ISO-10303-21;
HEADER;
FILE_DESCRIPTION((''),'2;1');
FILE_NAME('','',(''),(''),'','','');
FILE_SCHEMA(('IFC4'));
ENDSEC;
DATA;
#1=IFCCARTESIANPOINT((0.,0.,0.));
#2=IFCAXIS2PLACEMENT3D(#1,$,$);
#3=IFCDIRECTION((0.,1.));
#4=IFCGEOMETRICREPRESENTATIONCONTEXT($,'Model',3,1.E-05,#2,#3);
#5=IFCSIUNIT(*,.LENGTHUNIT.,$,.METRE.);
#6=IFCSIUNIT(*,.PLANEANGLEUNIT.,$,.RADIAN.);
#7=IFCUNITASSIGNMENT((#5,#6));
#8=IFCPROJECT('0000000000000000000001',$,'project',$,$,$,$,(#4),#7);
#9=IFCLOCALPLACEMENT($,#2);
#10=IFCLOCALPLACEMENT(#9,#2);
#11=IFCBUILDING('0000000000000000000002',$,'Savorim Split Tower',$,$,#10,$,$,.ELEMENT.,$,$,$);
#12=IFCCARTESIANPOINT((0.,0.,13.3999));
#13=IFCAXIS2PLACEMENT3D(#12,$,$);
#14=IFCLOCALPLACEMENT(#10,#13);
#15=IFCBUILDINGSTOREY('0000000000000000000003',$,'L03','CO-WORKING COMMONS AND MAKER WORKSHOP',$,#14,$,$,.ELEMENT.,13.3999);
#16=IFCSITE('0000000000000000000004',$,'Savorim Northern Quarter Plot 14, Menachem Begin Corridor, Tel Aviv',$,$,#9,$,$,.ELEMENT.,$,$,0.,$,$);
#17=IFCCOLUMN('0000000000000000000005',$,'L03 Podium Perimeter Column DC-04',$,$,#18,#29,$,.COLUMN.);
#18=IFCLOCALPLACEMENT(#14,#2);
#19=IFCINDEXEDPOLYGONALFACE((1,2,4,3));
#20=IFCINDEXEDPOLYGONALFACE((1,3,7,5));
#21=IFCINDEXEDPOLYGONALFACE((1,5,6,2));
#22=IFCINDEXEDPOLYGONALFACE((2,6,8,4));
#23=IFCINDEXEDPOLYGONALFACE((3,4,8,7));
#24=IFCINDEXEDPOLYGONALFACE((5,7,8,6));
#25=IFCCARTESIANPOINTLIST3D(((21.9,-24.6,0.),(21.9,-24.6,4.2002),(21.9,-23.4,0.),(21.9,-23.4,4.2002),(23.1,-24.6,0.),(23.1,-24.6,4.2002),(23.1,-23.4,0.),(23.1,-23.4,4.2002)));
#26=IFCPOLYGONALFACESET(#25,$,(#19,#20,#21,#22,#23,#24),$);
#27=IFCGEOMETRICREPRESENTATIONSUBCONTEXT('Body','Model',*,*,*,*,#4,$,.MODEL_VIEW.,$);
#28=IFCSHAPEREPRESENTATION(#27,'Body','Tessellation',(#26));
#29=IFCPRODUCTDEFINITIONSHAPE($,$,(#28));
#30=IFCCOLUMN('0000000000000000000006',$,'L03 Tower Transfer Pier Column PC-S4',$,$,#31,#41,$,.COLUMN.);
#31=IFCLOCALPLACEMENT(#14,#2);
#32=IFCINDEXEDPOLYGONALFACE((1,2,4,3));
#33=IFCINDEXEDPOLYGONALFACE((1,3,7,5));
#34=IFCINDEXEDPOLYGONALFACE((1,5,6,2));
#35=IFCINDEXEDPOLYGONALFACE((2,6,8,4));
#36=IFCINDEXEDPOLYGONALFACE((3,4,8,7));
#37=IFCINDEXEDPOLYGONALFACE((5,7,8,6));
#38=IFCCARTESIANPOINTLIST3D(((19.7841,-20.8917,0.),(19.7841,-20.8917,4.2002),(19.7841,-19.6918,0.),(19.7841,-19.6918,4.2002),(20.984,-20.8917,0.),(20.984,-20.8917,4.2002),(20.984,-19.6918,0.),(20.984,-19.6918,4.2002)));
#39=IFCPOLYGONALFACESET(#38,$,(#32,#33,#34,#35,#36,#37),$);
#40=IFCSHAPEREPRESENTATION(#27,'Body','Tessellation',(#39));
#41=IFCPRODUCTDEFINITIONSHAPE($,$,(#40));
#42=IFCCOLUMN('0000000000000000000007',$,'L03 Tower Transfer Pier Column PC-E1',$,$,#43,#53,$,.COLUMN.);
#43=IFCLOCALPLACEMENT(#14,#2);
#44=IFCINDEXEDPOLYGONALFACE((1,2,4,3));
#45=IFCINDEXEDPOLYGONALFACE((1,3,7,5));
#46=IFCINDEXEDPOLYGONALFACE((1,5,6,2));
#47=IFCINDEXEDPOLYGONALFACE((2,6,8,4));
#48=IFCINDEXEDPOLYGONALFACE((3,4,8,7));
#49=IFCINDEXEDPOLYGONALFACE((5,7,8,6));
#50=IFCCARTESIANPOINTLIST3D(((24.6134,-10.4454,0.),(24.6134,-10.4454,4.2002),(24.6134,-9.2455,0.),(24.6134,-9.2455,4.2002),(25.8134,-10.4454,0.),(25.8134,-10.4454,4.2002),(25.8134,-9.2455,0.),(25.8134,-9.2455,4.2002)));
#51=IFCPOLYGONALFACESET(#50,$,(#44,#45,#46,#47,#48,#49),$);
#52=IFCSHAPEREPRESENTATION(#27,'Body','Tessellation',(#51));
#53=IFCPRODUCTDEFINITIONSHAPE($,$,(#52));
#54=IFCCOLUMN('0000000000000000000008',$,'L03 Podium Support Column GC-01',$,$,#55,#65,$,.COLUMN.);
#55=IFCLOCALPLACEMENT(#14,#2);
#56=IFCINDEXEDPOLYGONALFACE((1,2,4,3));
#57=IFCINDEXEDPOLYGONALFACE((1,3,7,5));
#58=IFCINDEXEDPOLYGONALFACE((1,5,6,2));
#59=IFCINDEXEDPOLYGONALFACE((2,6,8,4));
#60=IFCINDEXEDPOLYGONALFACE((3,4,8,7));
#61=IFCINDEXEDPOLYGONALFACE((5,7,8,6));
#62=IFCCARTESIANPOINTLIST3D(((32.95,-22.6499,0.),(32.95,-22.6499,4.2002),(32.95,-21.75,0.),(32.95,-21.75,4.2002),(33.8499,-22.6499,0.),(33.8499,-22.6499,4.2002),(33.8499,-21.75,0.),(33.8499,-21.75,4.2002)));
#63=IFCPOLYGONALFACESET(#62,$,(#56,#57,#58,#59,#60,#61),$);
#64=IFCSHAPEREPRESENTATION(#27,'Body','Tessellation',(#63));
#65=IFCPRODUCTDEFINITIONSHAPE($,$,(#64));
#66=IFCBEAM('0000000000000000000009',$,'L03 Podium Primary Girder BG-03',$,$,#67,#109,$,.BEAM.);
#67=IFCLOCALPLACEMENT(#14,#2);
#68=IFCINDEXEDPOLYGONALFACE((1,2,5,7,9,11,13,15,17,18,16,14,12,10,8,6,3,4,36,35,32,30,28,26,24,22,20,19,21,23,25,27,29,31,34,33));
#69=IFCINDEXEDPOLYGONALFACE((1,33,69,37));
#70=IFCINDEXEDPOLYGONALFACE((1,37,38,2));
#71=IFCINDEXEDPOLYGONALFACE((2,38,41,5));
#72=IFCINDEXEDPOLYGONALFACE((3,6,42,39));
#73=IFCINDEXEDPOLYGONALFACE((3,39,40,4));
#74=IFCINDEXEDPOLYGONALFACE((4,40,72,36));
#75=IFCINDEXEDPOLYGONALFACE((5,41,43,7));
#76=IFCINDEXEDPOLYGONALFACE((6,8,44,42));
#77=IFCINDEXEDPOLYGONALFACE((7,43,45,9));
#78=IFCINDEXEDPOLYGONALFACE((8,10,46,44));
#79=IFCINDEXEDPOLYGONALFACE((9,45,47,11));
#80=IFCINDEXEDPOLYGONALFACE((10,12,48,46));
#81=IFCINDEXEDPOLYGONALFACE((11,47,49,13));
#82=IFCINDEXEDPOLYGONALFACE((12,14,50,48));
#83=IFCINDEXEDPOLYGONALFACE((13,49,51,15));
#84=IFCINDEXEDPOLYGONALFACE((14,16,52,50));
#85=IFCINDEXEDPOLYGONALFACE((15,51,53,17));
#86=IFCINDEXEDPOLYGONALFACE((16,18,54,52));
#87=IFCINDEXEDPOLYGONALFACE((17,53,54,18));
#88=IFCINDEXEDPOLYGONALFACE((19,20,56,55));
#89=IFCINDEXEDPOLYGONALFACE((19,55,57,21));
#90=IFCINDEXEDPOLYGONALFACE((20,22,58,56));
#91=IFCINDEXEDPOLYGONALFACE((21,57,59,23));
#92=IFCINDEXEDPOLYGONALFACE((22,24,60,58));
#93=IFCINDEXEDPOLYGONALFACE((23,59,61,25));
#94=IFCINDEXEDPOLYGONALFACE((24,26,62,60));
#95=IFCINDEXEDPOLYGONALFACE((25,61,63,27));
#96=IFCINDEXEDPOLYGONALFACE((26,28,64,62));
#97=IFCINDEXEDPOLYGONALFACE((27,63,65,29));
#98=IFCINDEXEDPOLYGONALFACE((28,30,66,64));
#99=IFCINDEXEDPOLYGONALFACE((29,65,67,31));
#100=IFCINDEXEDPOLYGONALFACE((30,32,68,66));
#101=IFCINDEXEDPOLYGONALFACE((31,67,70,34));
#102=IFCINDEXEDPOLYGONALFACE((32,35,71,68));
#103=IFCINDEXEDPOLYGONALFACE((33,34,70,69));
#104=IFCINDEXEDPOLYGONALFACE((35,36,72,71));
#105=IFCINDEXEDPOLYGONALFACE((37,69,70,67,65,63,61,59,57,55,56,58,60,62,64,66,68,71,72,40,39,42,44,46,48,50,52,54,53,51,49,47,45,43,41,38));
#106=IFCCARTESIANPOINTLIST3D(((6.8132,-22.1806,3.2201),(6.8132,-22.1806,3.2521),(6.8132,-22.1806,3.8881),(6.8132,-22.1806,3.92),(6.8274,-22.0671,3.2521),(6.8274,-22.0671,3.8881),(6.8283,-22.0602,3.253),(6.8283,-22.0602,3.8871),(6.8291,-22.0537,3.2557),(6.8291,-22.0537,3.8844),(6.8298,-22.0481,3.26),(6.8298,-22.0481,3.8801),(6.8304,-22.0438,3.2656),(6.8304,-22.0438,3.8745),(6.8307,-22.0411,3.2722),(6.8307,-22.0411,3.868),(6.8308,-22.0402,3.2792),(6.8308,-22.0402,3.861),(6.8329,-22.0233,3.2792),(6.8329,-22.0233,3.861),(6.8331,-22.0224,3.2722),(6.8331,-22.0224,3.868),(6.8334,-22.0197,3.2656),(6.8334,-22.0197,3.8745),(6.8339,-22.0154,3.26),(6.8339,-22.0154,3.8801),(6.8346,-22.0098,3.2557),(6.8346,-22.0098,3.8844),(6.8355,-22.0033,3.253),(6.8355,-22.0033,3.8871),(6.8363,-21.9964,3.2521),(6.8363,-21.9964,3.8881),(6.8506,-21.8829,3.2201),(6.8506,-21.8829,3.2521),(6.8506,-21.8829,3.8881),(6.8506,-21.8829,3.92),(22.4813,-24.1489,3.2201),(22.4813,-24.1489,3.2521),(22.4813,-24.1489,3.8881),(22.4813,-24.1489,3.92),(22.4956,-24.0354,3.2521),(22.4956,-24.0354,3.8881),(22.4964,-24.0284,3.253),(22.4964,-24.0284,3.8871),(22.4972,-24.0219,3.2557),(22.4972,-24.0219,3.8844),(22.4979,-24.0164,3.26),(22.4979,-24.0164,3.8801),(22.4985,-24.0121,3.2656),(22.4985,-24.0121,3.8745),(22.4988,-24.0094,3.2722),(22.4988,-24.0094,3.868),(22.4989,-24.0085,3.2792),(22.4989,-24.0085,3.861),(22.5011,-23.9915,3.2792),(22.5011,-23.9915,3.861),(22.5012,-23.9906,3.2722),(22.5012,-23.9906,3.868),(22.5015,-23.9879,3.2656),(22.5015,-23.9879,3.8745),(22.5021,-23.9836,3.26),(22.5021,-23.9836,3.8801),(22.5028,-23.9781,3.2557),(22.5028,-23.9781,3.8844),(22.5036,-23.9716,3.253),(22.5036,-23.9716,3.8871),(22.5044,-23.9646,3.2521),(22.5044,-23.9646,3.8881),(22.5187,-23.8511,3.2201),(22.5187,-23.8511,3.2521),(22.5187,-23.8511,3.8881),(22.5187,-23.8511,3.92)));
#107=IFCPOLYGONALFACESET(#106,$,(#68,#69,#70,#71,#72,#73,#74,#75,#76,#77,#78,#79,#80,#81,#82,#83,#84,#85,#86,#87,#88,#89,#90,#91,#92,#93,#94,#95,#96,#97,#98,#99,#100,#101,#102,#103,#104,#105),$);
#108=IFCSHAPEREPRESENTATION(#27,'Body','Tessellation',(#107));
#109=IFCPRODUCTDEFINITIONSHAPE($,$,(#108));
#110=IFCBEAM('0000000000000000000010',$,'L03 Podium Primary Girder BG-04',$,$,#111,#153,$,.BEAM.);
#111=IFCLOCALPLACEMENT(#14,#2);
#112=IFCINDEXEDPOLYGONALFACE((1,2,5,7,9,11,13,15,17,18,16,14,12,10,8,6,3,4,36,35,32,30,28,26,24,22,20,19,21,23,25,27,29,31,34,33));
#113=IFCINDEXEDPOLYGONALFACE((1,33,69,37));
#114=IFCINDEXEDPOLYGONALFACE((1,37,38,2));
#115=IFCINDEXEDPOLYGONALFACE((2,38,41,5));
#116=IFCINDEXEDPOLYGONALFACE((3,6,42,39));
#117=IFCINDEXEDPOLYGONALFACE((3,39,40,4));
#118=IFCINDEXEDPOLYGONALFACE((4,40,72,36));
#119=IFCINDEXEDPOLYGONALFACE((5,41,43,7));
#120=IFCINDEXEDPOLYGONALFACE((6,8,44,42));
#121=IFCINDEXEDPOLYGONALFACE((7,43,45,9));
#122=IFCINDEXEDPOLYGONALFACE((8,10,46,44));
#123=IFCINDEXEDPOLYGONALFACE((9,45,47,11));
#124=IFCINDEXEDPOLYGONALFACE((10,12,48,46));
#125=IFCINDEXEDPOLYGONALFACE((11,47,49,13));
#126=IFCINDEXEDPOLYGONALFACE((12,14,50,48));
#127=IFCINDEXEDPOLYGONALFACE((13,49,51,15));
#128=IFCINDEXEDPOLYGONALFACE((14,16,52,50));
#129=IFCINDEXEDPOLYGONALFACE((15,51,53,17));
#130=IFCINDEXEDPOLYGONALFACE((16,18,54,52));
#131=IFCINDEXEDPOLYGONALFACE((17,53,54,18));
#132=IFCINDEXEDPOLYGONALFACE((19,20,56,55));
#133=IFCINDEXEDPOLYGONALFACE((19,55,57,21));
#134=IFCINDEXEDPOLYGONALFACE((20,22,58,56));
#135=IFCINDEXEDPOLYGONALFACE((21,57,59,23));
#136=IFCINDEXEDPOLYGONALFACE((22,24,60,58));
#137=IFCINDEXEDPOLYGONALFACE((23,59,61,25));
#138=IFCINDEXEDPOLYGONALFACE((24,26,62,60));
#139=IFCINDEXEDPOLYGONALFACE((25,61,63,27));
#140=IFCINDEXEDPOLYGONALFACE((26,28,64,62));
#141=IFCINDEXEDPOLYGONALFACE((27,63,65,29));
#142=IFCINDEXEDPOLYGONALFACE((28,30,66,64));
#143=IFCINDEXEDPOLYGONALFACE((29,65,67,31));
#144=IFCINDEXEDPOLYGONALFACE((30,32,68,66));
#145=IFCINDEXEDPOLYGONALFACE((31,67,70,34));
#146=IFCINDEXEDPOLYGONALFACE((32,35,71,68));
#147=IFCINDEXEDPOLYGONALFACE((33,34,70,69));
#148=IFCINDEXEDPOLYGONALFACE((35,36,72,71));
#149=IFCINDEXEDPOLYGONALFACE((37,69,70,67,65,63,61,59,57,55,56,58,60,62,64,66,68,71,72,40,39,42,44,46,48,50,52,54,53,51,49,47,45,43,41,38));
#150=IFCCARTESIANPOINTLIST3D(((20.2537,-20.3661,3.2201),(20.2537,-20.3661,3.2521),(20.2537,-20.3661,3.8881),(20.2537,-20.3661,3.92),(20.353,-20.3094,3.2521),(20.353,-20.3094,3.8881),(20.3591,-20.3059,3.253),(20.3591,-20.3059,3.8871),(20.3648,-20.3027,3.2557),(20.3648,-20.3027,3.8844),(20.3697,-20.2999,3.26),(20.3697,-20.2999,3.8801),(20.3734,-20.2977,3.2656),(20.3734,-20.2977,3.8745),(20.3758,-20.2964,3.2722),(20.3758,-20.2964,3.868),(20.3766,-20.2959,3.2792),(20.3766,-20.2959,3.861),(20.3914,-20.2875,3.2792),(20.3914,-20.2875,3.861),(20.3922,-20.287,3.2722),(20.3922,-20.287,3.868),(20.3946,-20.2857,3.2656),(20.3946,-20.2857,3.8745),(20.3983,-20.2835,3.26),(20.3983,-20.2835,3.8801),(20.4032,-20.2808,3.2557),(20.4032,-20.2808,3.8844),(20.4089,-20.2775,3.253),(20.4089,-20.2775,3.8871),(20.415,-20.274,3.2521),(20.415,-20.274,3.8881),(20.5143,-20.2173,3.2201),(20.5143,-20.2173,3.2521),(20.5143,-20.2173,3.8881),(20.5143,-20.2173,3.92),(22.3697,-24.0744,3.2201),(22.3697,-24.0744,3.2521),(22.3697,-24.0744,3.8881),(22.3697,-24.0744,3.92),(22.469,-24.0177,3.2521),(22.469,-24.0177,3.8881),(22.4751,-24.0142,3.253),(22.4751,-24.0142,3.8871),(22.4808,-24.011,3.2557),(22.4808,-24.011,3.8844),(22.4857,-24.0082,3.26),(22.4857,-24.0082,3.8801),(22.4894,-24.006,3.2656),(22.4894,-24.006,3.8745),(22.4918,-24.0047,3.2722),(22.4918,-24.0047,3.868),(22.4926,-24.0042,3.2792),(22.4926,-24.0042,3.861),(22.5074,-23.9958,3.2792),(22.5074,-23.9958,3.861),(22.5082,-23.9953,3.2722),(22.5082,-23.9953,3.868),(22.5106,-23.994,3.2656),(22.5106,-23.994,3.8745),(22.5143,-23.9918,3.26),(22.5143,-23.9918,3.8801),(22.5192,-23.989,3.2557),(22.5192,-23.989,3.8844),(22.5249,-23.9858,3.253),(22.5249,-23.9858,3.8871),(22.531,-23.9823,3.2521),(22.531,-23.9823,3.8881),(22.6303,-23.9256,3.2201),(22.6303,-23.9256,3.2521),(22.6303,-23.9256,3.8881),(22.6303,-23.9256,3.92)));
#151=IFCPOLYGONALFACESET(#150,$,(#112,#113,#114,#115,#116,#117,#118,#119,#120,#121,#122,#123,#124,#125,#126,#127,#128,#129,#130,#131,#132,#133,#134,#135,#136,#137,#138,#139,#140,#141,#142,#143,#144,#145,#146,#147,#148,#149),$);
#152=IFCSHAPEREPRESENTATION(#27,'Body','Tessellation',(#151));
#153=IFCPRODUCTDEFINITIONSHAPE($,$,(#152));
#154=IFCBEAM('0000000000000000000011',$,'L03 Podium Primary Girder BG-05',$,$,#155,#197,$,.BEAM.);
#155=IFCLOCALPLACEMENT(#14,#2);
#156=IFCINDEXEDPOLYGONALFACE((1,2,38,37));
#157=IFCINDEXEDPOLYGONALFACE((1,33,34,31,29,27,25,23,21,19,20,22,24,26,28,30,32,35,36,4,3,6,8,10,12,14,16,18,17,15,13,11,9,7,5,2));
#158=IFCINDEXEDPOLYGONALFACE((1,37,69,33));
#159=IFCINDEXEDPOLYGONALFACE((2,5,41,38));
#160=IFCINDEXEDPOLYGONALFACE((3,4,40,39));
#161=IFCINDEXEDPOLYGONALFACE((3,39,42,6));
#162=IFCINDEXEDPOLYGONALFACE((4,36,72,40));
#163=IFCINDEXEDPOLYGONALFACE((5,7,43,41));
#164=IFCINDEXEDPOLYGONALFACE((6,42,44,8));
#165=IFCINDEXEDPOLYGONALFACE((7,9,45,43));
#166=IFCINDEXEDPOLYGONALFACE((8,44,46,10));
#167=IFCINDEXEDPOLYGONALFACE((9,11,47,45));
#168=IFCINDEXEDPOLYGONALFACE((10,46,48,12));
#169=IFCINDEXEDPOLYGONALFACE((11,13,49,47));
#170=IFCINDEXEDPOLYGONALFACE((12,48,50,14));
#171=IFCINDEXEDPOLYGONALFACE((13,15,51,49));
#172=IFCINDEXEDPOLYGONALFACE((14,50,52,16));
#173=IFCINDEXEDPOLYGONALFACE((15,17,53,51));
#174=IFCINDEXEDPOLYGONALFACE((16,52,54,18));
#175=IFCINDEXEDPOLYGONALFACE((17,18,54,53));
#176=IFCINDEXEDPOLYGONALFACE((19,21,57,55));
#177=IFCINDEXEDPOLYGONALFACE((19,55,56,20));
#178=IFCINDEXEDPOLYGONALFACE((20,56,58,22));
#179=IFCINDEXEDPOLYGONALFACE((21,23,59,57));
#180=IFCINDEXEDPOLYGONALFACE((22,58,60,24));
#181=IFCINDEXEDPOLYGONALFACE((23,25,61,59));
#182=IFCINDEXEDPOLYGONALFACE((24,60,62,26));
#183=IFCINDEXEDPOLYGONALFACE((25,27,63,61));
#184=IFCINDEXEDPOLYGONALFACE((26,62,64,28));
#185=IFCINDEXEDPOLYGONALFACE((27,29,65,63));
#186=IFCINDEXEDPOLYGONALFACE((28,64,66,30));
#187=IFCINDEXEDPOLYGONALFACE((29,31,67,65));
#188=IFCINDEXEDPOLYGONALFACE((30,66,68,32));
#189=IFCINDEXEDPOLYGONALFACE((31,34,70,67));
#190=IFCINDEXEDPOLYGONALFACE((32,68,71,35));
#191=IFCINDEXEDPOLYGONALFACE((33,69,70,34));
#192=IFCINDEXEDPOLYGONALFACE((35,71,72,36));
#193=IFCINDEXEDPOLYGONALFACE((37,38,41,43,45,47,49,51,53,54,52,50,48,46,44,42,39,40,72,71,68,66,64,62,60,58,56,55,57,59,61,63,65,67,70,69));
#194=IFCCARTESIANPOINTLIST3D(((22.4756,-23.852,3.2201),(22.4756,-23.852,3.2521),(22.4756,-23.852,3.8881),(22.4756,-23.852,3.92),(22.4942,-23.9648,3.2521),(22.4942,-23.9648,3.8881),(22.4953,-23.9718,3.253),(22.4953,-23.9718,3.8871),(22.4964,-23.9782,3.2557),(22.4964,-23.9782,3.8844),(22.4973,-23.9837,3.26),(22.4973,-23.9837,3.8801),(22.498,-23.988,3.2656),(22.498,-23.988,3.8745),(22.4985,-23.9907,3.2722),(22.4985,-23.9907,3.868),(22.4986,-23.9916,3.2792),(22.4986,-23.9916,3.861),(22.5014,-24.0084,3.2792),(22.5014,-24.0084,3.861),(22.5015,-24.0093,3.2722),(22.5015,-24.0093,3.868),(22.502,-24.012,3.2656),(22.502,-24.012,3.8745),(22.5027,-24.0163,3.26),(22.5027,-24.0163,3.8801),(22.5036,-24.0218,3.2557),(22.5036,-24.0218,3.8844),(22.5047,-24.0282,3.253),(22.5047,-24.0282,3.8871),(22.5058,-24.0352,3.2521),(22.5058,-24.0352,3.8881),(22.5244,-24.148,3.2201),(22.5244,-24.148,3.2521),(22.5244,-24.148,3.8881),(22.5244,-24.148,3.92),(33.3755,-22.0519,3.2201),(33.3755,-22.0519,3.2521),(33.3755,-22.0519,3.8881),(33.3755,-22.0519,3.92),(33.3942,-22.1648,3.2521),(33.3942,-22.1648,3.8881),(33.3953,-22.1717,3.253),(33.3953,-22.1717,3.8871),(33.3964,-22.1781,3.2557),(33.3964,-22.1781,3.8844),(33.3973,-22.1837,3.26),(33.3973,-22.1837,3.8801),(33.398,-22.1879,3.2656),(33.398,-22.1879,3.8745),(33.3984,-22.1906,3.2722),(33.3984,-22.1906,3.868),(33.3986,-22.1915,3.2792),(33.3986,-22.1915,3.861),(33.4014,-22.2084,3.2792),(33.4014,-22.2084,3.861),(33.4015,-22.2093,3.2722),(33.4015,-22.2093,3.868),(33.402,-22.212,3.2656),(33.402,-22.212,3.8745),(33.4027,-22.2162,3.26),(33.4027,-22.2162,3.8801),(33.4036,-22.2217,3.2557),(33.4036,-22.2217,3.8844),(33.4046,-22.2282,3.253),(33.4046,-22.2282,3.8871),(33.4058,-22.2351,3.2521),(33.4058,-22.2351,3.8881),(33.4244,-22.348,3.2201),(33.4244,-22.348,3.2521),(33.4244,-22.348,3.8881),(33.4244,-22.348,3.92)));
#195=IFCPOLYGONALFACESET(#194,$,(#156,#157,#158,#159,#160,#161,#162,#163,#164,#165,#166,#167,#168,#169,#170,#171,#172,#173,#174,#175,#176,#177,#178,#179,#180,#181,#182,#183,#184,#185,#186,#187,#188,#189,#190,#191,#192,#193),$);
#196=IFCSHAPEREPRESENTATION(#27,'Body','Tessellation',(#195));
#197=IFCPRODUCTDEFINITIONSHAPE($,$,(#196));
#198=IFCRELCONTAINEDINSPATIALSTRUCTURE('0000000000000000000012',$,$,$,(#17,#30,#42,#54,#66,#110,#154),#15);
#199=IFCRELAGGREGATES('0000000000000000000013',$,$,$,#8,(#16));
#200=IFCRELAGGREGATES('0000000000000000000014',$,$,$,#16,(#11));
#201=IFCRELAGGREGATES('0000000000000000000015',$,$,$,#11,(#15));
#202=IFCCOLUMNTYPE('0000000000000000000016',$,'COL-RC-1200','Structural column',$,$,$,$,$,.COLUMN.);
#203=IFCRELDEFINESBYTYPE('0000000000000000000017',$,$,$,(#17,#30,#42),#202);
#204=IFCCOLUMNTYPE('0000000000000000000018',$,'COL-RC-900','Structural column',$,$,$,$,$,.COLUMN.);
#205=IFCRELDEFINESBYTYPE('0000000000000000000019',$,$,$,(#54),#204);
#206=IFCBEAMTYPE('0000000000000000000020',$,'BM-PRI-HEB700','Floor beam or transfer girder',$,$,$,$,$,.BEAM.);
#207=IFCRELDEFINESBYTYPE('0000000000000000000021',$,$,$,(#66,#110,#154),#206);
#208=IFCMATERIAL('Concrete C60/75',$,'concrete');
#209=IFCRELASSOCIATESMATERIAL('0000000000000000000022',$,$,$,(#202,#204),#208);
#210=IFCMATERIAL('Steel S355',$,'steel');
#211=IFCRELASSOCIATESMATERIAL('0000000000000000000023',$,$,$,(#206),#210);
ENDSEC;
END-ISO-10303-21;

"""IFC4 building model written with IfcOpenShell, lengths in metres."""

from ifc_helpers import new_model, si_unit, direction, frame, origin, origin_2d, place, context, subcontext, project, spatial, rectangle, i_section, extrude, material, material_profile, profile_set, type_object, element, save


model = new_model("IFC4")

# Units and contexts
model_context = context("Model", 3, precision=1e-05, world=origin(), true_north=direction((0.0, 1.0)))
body_context = subcontext(model_context, "Body", "Model", "MODEL_VIEW")
ifc_project = project(units=[si_unit("LENGTHUNIT", "METRE"), si_unit("PLANEANGLEUNIT", "RADIAN")], contexts=[model_context])

# Site, building, storey
site_placement = place(None, origin())
site = spatial("IfcSite", under=ifc_project, at=site_placement, Name="Savorim Northern Quarter Plot 14, Menachem Begin Corridor, Tel Aviv", CompositionType="ELEMENT", RefElevation=0.0)
building_placement = place(site_placement, origin())
building = spatial("IfcBuilding", under=site, at=building_placement, Name="Savorim Split Tower", CompositionType="ELEMENT")
storey_placement = place(building_placement, frame((0.0, 0.0, 13.3999)))
storey = spatial("IfcBuildingStorey", under=building, at=storey_placement, Name="L03", Description="CO-WORKING COMMONS AND MAKER WORKSHOP", CompositionType="ELEMENT", Elevation=13.3999)

# Columns
ifc_material_1 = material(Name="Concrete C60/75", Category="concrete")
ifc_material_profile_1 = material_profile(ifc_material_1, rectangle(XDim=1.2, YDim=1.2, at=origin_2d()), Name="RC 1200x1200")
ifc_profile_set_1 = profile_set([ifc_material_profile_1], Name="Concrete C60/75")
column_type_1 = type_object("IfcColumnType", Name="COL-RC-1200", Description="Structural column", PredefinedType="COLUMN", material=ifc_profile_set_1)
for number, where, z_axis, x_axis, name in (
    (1, (22.5, -24.0, 0.0), (0.0, 0.0, 1.0), (1.0, 0.0, 0.0), "L03 Podium Perimeter Column DC-04"),
    (2, (20.384, -20.2917, 0.0), (0.0, 0.0, 1.0), (1.0, 0.0, 0.0), "L03 Tower Transfer Pier Column PC-S4"),
    (3, (25.2134, -9.8455, 0.0), (0.0, 0.0, 1.0), (1.0, 0.0, 0.0), "L03 Tower Transfer Pier Column PC-E1"),
):
    element("IfcColumn", number, at=place(storey_placement, frame(where, z_axis=z_axis, x_axis=x_axis)), inside=storey, type_object=column_type_1, Name=name, PredefinedType="COLUMN", context=body_context, shape_type="SweptSolid", body=[
        extrude(rectangle(XDim=1.2, YDim=1.2, at=origin_2d()), origin(), (0.0, 0.0, 1.0), 4.2002),
    ])
ifc_material_profile_2 = material_profile(ifc_material_1, rectangle(XDim=0.8999, YDim=0.8999, at=origin_2d()), Name="RC 900x900")
ifc_profile_set_2 = profile_set([ifc_material_profile_2], Name="Concrete C60/75")
column_type_2 = type_object("IfcColumnType", Name="COL-RC-900", Description="Structural column", PredefinedType="COLUMN", material=ifc_profile_set_2)
column_placement = place(storey_placement, frame((33.3999, -22.2, 0.0), z_axis=(0.0, 0.0, 1.0), x_axis=(1.0, 0.0, 0.0)))
element("IfcColumn", 4, at=column_placement, inside=storey, type_object=column_type_2, Name="L03 Podium Support Column GC-01", PredefinedType="COLUMN", context=body_context, shape_type="SweptSolid", body=[
    extrude(rectangle(XDim=0.8999, YDim=0.8999, at=origin_2d()), origin(), (0.0, 0.0, 1.0), 4.2002),
])

# Beams
ifc_material_2 = material(Name="Steel S355", Category="steel")
ifc_material_profile_3 = material_profile(ifc_material_2, i_section(OverallWidth=0.3, OverallDepth=0.7, WebThickness=0.0171, FlangeThickness=0.032, FilletRadius=0.0271, at=origin_2d()), Name="HEB 700")
ifc_profile_set_3 = profile_set([ifc_material_profile_3], Name="Steel S355")
beam_type_1 = type_object("IfcBeamType", Name="BM-PRI-HEB700", Description="Floor beam or transfer girder", PredefinedType="BEAM", material=ifc_profile_set_3)
beam_1_placement = place(storey_placement, frame((22.5, -24.0, 3.5701), z_axis=(-0.992202, 0.124642, 0.0), x_axis=(-0.124642, -0.992202, 0.0)))
element("IfcBeam", 5, at=beam_1_placement, inside=storey, type_object=beam_type_1, Name="L03 Podium Primary Girder BG-03", PredefinedType="BEAM", context=body_context, shape_type="SweptSolid", body=[
    extrude(i_section(OverallWidth=0.3, OverallDepth=0.7, WebThickness=0.0171, FlangeThickness=0.032, FilletRadius=0.0271, at=origin_2d()), origin(), (0.0, 0.0, 1.0), 15.7913),
])
beam_2_placement = place(storey_placement, frame((22.5, -24.0, 3.5701), z_axis=(-0.495603, 0.868549, 0.0), x_axis=(-0.868549, -0.495603, 0.0)))
element("IfcBeam", 6, at=beam_2_placement, inside=storey, type_object=beam_type_1, Name="L03 Podium Primary Girder BG-04", PredefinedType="BEAM", context=body_context, shape_type="SweptSolid", body=[
    extrude(i_section(OverallWidth=0.3, OverallDepth=0.7, WebThickness=0.0171, FlangeThickness=0.032, FilletRadius=0.0271, at=origin_2d()), origin(), (0.0, 0.0, 1.0), 4.2695),
])
beam_3_placement = place(storey_placement, frame((22.5, -24.0, 3.5701), z_axis=(0.986637, 0.162937, 0.0), x_axis=(-0.162937, 0.986637, 0.0)))
element("IfcBeam", 7, at=beam_3_placement, inside=storey, type_object=beam_type_1, Name="L03 Podium Primary Girder BG-05", PredefinedType="BEAM", context=body_context, shape_type="SweptSolid", body=[
    extrude(i_section(OverallWidth=0.3, OverallDepth=0.7, WebThickness=0.0171, FlangeThickness=0.032, FilletRadius=0.0271, at=origin_2d()), origin(), (0.0, 0.0, 1.0), 11.0476),
])

save(model, "model.ifc")
